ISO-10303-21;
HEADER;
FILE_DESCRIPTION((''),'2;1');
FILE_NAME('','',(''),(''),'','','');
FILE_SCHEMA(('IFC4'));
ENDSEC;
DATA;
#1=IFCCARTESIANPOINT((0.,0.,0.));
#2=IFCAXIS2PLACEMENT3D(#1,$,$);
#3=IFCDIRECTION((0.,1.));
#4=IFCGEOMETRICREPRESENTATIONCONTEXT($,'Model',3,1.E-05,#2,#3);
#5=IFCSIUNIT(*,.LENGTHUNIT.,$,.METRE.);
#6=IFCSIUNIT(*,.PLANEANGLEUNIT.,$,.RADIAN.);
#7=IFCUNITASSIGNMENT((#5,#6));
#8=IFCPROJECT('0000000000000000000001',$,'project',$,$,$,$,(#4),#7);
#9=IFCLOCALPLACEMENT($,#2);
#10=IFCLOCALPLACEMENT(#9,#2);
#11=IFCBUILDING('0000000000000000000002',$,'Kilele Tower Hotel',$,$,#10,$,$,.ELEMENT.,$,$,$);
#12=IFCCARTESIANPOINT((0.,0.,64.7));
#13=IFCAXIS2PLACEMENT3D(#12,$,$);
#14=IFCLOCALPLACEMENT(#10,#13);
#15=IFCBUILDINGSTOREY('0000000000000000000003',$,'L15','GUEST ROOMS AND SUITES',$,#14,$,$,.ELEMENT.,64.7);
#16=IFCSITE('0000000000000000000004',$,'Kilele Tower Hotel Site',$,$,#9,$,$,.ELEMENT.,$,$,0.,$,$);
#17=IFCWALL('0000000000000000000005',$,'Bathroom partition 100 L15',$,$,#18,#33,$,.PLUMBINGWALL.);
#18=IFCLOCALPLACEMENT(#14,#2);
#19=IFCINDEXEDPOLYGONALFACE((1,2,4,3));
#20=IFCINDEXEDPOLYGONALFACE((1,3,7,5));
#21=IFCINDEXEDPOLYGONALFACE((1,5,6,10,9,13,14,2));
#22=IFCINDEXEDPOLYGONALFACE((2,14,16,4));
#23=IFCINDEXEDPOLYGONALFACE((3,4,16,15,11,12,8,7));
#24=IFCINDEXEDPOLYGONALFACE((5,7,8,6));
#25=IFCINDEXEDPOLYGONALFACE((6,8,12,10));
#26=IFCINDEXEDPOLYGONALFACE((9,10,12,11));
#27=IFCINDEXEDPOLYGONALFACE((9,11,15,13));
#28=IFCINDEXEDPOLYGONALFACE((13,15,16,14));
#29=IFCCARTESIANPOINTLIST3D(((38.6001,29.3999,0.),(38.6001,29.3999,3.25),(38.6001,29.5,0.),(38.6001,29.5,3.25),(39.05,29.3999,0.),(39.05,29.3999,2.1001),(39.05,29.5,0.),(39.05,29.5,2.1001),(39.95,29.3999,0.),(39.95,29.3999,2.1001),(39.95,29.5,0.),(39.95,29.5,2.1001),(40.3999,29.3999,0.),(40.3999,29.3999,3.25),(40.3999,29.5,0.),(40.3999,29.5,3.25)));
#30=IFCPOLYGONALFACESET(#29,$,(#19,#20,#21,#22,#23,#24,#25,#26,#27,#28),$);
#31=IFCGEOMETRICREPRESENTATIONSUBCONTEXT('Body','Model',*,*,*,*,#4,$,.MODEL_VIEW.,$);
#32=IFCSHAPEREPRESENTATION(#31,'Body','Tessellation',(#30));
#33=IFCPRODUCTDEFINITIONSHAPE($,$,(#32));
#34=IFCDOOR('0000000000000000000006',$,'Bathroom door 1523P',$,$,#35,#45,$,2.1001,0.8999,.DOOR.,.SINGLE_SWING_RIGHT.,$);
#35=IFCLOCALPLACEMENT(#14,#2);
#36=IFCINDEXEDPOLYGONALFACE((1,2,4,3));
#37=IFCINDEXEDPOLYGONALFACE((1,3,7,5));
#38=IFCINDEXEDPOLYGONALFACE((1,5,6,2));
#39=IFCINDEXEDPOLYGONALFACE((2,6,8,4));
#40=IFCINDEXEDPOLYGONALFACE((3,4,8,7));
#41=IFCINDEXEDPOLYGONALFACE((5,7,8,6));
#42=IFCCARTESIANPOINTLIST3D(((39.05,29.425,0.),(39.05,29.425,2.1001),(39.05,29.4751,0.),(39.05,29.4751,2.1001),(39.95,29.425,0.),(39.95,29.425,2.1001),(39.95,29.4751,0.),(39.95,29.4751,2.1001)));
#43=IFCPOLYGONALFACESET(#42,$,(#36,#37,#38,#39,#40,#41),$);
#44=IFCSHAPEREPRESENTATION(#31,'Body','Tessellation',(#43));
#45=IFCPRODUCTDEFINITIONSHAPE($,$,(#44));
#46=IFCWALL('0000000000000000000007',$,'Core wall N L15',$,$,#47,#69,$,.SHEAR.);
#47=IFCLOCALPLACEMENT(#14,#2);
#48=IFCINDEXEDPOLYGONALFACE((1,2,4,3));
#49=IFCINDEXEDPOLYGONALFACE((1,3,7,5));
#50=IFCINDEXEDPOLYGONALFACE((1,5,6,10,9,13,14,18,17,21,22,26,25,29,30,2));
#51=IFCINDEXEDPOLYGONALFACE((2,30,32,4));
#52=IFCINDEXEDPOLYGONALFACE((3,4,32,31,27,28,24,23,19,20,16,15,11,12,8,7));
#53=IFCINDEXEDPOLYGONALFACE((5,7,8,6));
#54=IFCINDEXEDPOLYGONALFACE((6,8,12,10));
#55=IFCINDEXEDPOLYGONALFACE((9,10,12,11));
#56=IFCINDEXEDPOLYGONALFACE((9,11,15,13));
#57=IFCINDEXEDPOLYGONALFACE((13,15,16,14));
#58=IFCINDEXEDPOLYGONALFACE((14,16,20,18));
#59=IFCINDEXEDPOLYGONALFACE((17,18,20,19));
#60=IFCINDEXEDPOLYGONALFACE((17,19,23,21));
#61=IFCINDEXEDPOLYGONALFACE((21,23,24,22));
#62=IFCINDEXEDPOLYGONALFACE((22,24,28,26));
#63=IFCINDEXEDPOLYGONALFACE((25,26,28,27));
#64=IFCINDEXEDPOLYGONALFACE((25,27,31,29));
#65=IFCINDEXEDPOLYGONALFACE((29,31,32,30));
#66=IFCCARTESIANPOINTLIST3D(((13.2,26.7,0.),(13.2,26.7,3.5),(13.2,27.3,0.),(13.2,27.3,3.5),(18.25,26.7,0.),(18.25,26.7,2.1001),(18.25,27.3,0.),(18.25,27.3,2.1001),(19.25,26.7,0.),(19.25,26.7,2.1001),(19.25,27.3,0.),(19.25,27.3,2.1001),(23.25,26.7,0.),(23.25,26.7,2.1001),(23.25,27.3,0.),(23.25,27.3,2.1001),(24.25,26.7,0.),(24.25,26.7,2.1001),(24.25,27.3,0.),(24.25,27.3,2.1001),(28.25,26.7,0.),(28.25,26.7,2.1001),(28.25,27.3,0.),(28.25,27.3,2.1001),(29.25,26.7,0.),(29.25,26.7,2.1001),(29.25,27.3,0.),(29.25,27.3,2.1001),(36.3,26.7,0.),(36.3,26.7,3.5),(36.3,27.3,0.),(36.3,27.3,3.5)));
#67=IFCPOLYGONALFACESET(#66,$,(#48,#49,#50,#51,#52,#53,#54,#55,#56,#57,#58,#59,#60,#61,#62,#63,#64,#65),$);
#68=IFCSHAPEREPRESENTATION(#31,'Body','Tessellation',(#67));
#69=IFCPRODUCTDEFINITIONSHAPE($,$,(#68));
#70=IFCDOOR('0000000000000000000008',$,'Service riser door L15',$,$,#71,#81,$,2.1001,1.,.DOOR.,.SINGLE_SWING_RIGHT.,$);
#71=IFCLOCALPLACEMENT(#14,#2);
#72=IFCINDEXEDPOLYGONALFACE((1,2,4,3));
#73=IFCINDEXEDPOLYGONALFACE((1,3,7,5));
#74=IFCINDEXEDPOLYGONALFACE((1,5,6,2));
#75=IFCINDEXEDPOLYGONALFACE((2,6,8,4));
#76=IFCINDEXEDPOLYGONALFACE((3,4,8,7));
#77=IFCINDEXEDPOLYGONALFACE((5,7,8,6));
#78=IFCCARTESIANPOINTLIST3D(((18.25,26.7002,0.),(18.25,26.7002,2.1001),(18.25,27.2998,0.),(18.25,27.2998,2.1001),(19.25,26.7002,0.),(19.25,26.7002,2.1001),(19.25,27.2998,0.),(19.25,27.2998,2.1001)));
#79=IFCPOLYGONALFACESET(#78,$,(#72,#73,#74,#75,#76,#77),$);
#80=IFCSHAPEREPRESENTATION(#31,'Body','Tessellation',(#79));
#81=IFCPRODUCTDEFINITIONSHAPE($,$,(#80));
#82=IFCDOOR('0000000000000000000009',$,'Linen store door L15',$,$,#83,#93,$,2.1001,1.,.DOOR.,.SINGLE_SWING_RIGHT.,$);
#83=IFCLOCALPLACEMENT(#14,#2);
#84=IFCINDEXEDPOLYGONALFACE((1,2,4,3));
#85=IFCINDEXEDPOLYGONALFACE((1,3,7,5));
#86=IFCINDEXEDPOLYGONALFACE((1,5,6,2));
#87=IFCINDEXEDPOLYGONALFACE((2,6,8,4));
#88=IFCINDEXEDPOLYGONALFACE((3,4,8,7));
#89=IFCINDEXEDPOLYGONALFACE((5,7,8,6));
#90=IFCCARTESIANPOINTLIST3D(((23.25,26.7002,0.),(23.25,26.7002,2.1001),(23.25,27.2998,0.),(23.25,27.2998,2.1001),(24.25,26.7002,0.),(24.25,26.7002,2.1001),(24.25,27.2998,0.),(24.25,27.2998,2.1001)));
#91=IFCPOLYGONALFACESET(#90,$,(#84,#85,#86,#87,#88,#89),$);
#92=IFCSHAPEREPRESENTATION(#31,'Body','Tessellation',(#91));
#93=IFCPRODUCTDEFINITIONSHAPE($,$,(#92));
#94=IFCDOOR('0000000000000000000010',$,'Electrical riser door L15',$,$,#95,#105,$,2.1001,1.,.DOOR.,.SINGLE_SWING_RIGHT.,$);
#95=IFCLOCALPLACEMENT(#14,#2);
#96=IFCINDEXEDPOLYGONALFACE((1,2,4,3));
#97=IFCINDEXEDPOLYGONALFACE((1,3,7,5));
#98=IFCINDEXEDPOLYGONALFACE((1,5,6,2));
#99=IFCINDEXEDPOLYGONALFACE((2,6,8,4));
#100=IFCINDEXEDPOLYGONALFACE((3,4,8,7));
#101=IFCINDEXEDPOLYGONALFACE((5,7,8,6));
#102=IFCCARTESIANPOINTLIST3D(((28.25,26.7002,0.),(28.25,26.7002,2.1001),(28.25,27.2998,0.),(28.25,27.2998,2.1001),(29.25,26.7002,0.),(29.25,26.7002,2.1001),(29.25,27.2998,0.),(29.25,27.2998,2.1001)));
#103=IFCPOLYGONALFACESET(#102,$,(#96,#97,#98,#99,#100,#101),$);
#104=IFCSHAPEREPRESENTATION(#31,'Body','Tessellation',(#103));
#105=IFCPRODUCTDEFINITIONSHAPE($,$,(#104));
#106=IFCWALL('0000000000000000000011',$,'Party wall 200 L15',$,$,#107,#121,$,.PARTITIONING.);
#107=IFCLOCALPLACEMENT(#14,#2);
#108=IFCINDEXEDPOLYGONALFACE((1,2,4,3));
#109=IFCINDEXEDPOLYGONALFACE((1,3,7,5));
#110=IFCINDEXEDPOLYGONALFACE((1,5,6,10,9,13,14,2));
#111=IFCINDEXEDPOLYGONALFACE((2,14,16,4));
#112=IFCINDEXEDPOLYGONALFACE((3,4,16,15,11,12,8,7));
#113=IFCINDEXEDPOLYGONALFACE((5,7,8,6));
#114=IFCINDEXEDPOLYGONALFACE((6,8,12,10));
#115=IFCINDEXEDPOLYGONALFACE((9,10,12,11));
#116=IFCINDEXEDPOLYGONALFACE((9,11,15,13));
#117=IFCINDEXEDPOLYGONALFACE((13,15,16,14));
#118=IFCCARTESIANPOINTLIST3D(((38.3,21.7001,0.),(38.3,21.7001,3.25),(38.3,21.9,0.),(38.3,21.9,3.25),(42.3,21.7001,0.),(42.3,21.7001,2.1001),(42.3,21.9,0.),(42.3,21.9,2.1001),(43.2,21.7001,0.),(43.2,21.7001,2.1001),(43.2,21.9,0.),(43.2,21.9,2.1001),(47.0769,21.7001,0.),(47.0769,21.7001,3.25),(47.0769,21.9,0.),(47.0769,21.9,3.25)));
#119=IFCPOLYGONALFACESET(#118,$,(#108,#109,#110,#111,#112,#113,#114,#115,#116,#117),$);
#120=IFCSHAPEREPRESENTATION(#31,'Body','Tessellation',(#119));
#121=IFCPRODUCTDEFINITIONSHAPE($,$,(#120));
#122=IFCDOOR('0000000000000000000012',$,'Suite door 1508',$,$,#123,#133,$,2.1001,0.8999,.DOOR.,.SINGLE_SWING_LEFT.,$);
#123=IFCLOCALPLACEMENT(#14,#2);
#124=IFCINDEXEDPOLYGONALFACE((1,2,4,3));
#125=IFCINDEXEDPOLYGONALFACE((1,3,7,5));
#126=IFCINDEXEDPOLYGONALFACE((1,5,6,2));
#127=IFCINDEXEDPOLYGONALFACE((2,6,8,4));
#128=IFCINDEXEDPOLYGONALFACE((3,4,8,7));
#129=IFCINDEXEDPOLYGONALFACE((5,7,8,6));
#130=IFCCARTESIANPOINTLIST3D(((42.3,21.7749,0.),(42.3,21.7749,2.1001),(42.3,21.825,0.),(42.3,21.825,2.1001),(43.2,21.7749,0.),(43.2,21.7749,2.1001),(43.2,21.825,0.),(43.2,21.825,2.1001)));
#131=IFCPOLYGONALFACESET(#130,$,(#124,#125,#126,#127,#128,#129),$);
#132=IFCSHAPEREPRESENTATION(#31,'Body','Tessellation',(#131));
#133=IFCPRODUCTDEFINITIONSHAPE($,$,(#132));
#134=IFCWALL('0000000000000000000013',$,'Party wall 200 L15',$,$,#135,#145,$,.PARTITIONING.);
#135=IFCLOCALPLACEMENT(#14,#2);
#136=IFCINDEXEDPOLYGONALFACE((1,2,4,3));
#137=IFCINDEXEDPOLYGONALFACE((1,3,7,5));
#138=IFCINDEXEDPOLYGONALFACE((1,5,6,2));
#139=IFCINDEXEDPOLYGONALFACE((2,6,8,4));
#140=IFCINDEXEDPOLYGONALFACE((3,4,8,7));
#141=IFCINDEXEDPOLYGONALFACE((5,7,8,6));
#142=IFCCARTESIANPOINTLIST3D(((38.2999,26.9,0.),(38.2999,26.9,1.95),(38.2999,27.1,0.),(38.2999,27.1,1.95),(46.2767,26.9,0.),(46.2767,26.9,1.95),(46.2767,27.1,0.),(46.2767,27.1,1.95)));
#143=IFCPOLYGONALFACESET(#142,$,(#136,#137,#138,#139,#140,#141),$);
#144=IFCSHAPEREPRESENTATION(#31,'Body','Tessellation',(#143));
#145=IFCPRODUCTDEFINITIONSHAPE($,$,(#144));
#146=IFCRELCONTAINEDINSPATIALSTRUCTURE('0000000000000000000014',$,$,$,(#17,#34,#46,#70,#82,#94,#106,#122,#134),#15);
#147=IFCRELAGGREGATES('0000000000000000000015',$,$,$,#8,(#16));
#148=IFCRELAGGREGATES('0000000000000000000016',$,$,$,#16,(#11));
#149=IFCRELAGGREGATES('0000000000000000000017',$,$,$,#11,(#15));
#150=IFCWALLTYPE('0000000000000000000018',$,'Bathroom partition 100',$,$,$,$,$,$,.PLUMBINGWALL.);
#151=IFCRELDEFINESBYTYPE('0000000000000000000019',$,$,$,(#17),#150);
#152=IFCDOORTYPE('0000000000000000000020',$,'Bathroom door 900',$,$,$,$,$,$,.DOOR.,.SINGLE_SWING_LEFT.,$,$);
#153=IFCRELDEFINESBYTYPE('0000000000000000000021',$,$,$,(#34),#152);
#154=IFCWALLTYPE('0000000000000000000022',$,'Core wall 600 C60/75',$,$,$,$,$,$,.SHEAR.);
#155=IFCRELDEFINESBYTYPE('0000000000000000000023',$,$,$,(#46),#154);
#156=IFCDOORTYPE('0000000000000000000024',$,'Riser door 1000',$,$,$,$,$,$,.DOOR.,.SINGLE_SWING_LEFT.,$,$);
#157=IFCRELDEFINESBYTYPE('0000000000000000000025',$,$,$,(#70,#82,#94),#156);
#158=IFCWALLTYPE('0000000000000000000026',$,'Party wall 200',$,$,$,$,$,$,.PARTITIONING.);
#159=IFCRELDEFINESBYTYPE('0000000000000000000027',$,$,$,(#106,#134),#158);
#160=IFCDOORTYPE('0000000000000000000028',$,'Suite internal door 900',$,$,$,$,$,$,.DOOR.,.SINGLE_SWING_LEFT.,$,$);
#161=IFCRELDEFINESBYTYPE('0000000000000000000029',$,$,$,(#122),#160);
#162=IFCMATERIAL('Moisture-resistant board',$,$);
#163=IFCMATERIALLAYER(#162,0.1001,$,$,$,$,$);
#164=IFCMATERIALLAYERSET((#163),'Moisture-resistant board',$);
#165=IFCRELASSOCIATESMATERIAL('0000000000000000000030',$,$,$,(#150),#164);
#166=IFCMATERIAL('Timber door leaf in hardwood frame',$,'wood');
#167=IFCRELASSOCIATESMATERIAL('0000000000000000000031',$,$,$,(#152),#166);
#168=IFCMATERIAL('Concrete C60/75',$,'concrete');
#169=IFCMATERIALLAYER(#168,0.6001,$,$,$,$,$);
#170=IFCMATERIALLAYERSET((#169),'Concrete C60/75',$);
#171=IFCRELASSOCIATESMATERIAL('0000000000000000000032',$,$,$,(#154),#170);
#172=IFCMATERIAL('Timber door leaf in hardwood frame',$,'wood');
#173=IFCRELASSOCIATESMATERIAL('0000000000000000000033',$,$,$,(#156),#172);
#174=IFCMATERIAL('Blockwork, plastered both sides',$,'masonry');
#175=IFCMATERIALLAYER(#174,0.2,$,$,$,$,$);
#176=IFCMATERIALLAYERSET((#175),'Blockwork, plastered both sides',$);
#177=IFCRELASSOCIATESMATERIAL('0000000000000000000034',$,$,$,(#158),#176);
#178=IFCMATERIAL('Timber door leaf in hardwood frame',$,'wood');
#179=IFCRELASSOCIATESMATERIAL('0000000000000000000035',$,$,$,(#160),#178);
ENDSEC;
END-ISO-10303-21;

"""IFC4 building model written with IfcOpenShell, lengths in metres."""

from ifc_helpers import new_model, si_unit, direction, frame, frame_2d, origin, place, context, subcontext, project, spatial, rectangle, extrude, material, layer, layer_set, type_object, element, fill, save


model = new_model("IFC4")

# Units and contexts
model_context = context("Model", 3, precision=1e-05, world=origin(), true_north=direction((0.0, 1.0)))
body_context = subcontext(model_context, "Body", "Model", "MODEL_VIEW")
ifc_project = project(units=[si_unit("LENGTHUNIT", "METRE"), si_unit("PLANEANGLEUNIT", "RADIAN")], contexts=[model_context])

# Site, building, storey
site_placement = place(None, origin())
site = spatial("IfcSite", under=ifc_project, at=site_placement, Name="Kilele Tower Hotel Site", CompositionType="ELEMENT", RefElevation=0.0)
building_placement = place(site_placement, origin())
building = spatial("IfcBuilding", under=site, at=building_placement, Name="Kilele Tower Hotel", CompositionType="ELEMENT")
storey_placement = place(building_placement, frame((0.0, 0.0, 64.7)))
storey = spatial("IfcBuildingStorey", under=building, at=storey_placement, Name="L15", Description="GUEST ROOMS AND SUITES", CompositionType="ELEMENT", Elevation=64.7)

# Shared definitions
ifc_material_1 = material(Name="Moisture-resistant board")
ifc_layer_1 = layer(ifc_material_1, 0.1001)
ifc_layer_set_1 = layer_set([ifc_layer_1], Name="Moisture-resistant board")
wall_type_1 = type_object("IfcWallType", Name="Bathroom partition 100", PredefinedType="PLUMBINGWALL", material=ifc_layer_set_1)

# Shared definitions
ifc_material_2 = material(Name="Timber door leaf in hardwood frame", Category="wood")
door_type_1 = type_object("IfcDoorType", Name="Bathroom door 900", OperationType="SINGLE_SWING_LEFT", PredefinedType="DOOR", material=ifc_material_2)

# Wall, opening, door
wall_1_placement = place(storey_placement, frame((38.6001, 29.45, 0.0), z_axis=(0.0, 0.0, 1.0), x_axis=(1.0, 0.0, 0.0)))
wall_1 = element("IfcWall", 1, at=wall_1_placement, inside=storey, type_object=wall_type_1, Name="Bathroom partition 100 L15", PredefinedType="PLUMBINGWALL", context=body_context, shape_type="SweptSolid", body=[
    extrude(rectangle(XDim=1.7998, YDim=0.1001, at=frame_2d((0.8999, 0.0))), origin(), (0.0, 0.0, 1.0), 3.25),
])
opening_1_placement = place(wall_1_placement, frame((1.3499, 0.0, 0.0), z_axis=(0.0, 0.0, 1.0), x_axis=(-1.0, 0.0, 0.0)))
opening_1 = element("IfcOpeningElement", 2, at=opening_1_placement, cuts=wall_1, PredefinedType="OPENING", context=body_context, shape_type="SweptSolid", body=[
    extrude(rectangle(XDim=0.8999, YDim=2.1001, at=frame_2d((0.45, 1.05))), frame((0.0, 0.0601, 0.0), z_axis=(0.0, -1.0, 0.0), x_axis=(1.0, 0.0, 0.0)), (0.0, 0.0, 1.0), 0.1201),
])
door_1_placement = place(opening_1_placement, origin())
door_1 = element("IfcDoor", 3, at=door_1_placement, inside=storey, type_object=door_type_1, Name="Bathroom door 1523P", OperationType="SINGLE_SWING_RIGHT", OverallHeight=2.1001, OverallWidth=0.8999, PredefinedType="DOOR", context=body_context, shape_type="SweptSolid", body=[
    extrude(rectangle(XDim=0.8999, YDim=2.1001, at=frame_2d((0.45, 1.05))), frame((0.0, 0.0249, 0.0), z_axis=(0.0, -1.0, 0.0), x_axis=(1.0, 0.0, 0.0)), (0.0, 0.0, 1.0), 0.05),
])
fill(opening_1, door_1)

# Wall, openings, doors
ifc_material_3 = material(Name="Concrete C60/75", Category="concrete")
ifc_layer_2 = layer(ifc_material_3, 0.6001)
ifc_layer_set_2 = layer_set([ifc_layer_2], Name="Concrete C60/75")
wall_type_2 = type_object("IfcWallType", Name="Core wall 600 C60/75", PredefinedType="SHEAR", material=ifc_layer_set_2)
wall_2_placement = place(storey_placement, frame((36.3, 27.0, 0.0), z_axis=(0.0, 0.0, 1.0), x_axis=(-1.0, 0.0, 0.0)))
wall_2 = element("IfcWall", 4, at=wall_2_placement, inside=storey, type_object=wall_type_2, Name="Core wall N L15", PredefinedType="SHEAR", context=body_context, shape_type="SweptSolid", body=[
    extrude(rectangle(XDim=23.1001, YDim=0.6001, at=frame_2d((11.55, 0.0))), origin(), (0.0, 0.0, 1.0), 3.5),
])
opening_2_placement = place(wall_2_placement, frame((17.05, 0.0, 0.0)))
opening_2 = element("IfcOpeningElement", 5, at=opening_2_placement, cuts=wall_2, PredefinedType="OPENING", context=body_context, shape_type="SweptSolid", body=[
    extrude(rectangle(XDim=1.0, YDim=2.1001, at=frame_2d((0.5, 1.05))), frame((0.0, 0.3101, 0.0), z_axis=(0.0, -1.0, 0.0), x_axis=(1.0, 0.0, 0.0)), (0.0, 0.0, 1.0), 0.6201),
])
opening_3_placement = place(wall_2_placement, frame((12.05, 0.0, 0.0)))
opening_3 = element("IfcOpeningElement", 6, at=opening_3_placement, cuts=wall_2, PredefinedType="OPENING", context=body_context, shape_type="SweptSolid", body=[
    extrude(rectangle(XDim=1.0, YDim=2.1001, at=frame_2d((0.5, 1.05))), frame((0.0, 0.3101, 0.0), z_axis=(0.0, -1.0, 0.0), x_axis=(1.0, 0.0, 0.0)), (0.0, 0.0, 1.0), 0.6201),
])
opening_4_placement = place(wall_2_placement, frame((7.05, 0.0, 0.0)))
opening_4 = element("IfcOpeningElement", 7, at=opening_4_placement, cuts=wall_2, PredefinedType="OPENING", context=body_context, shape_type="SweptSolid", body=[
    extrude(rectangle(XDim=1.0, YDim=2.1001, at=frame_2d((0.5, 1.05))), frame((0.0, 0.3101, 0.0), z_axis=(0.0, -1.0, 0.0), x_axis=(1.0, 0.0, 0.0)), (0.0, 0.0, 1.0), 0.6201),
])
ifc_material_4 = material(Name="Timber door leaf in hardwood frame", Category="wood")
door_type_2 = type_object("IfcDoorType", Name="Riser door 1000", OperationType="SINGLE_SWING_LEFT", PredefinedType="DOOR", material=ifc_material_4)
door_2_placement = place(opening_2_placement, origin())
door_2 = element("IfcDoor", 8, at=door_2_placement, inside=storey, type_object=door_type_2, Name="Service riser door L15", OperationType="SINGLE_SWING_RIGHT", OverallHeight=2.1001, OverallWidth=1.0, PredefinedType="DOOR", context=body_context, shape_type="SweptSolid", body=[
    extrude(rectangle(XDim=1.0, YDim=2.1001, at=frame_2d((0.5, 1.05))), frame((0.0, 0.2998, 0.0), z_axis=(0.0, -1.0, 0.0), x_axis=(1.0, 0.0, 0.0)), (0.0, 0.0, 1.0), 0.5996),
])
fill(opening_2, door_2)
door_3_placement = place(opening_3_placement, origin())
door_3 = element("IfcDoor", 9, at=door_3_placement, inside=storey, type_object=door_type_2, Name="Linen store door L15", OperationType="SINGLE_SWING_RIGHT", OverallHeight=2.1001, OverallWidth=1.0, PredefinedType="DOOR", context=body_context, shape_type="SweptSolid", body=[
    extrude(rectangle(XDim=1.0, YDim=2.1001, at=frame_2d((0.5, 1.05))), frame((0.0, 0.2998, 0.0), z_axis=(0.0, -1.0, 0.0), x_axis=(1.0, 0.0, 0.0)), (0.0, 0.0, 1.0), 0.5996),
])
fill(opening_3, door_3)
door_4_placement = place(opening_4_placement, origin())
door_4 = element("IfcDoor", 10, at=door_4_placement, inside=storey, type_object=door_type_2, Name="Electrical riser door L15", OperationType="SINGLE_SWING_RIGHT", OverallHeight=2.1001, OverallWidth=1.0, PredefinedType="DOOR", context=body_context, shape_type="SweptSolid", body=[
    extrude(rectangle(XDim=1.0, YDim=2.1001, at=frame_2d((0.5, 1.05))), frame((0.0, 0.2998, 0.0), z_axis=(0.0, -1.0, 0.0), x_axis=(1.0, 0.0, 0.0)), (0.0, 0.0, 1.0), 0.5996),
])
fill(opening_4, door_4)

# Wall, opening, door
ifc_material_5 = material(Name="Blockwork, plastered both sides", Category="masonry")
ifc_layer_3 = layer(ifc_material_5, 0.2)
ifc_layer_set_3 = layer_set([ifc_layer_3], Name="Blockwork, plastered both sides")
wall_type_3 = type_object("IfcWallType", Name="Party wall 200", PredefinedType="PARTITIONING", material=ifc_layer_set_3)
wall_3_placement = place(storey_placement, frame((38.3, 21.8, 0.0), z_axis=(0.0, 0.0, 1.0), x_axis=(1.0, 0.0, 0.0)))
wall_3 = element("IfcWall", 11, at=wall_3_placement, inside=storey, type_object=wall_type_3, Name="Party wall 200 L15", PredefinedType="PARTITIONING", context=body_context, shape_type="SweptSolid", body=[
    extrude(rectangle(XDim=8.7769, YDim=0.2, at=frame_2d((4.3884, 0.0))), origin(), (0.0, 0.0, 1.0), 3.25),
])
opening_5_placement = place(wall_3_placement, frame((4.0, 0.0, 0.0)))
opening_5 = element("IfcOpeningElement", 12, at=opening_5_placement, cuts=wall_3, PredefinedType="OPENING", context=body_context, shape_type="SweptSolid", body=[
    extrude(rectangle(XDim=0.8999, YDim=2.1001, at=frame_2d((0.45, 1.05))), frame((0.0, 0.1099, 0.0), z_axis=(0.0, -1.0, 0.0), x_axis=(1.0, 0.0, 0.0)), (0.0, 0.0, 1.0), 0.22),
])
ifc_material_6 = material(Name="Timber door leaf in hardwood frame", Category="wood")
door_type_3 = type_object("IfcDoorType", Name="Suite internal door 900", OperationType="SINGLE_SWING_LEFT", PredefinedType="DOOR", material=ifc_material_6)
door_5_placement = place(opening_5_placement, origin())
door_5 = element("IfcDoor", 13, at=door_5_placement, inside=storey, type_object=door_type_3, Name="Suite door 1508", OperationType="SINGLE_SWING_LEFT", OverallHeight=2.1001, OverallWidth=0.8999, PredefinedType="DOOR", context=body_context, shape_type="SweptSolid", body=[
    extrude(rectangle(XDim=0.8999, YDim=2.1001, at=frame_2d((0.45, 1.05))), frame((0.0, 0.0249, 0.0), z_axis=(0.0, -1.0, 0.0), x_axis=(1.0, 0.0, 0.0)), (0.0, 0.0, 1.0), 0.05),
])
fill(opening_5, door_5)

# Wall
wall_4_placement = place(storey_placement, frame((38.3, 27.0, 0.0), z_axis=(0.0, 0.0, 1.0), x_axis=(1.0, 0.0, 0.0)))
element("IfcWall", 14, at=wall_4_placement, inside=storey, type_object=wall_type_3, Name="Party wall 200 L15", PredefinedType="PARTITIONING", context=body_context, shape_type="SweptSolid", body=[
    extrude(rectangle(XDim=7.9768, YDim=0.2, at=frame_2d((3.9883, 0.0))), origin(), (0.0, 0.0, 1.0), 1.95),
])

save(model, "model.ifc")
